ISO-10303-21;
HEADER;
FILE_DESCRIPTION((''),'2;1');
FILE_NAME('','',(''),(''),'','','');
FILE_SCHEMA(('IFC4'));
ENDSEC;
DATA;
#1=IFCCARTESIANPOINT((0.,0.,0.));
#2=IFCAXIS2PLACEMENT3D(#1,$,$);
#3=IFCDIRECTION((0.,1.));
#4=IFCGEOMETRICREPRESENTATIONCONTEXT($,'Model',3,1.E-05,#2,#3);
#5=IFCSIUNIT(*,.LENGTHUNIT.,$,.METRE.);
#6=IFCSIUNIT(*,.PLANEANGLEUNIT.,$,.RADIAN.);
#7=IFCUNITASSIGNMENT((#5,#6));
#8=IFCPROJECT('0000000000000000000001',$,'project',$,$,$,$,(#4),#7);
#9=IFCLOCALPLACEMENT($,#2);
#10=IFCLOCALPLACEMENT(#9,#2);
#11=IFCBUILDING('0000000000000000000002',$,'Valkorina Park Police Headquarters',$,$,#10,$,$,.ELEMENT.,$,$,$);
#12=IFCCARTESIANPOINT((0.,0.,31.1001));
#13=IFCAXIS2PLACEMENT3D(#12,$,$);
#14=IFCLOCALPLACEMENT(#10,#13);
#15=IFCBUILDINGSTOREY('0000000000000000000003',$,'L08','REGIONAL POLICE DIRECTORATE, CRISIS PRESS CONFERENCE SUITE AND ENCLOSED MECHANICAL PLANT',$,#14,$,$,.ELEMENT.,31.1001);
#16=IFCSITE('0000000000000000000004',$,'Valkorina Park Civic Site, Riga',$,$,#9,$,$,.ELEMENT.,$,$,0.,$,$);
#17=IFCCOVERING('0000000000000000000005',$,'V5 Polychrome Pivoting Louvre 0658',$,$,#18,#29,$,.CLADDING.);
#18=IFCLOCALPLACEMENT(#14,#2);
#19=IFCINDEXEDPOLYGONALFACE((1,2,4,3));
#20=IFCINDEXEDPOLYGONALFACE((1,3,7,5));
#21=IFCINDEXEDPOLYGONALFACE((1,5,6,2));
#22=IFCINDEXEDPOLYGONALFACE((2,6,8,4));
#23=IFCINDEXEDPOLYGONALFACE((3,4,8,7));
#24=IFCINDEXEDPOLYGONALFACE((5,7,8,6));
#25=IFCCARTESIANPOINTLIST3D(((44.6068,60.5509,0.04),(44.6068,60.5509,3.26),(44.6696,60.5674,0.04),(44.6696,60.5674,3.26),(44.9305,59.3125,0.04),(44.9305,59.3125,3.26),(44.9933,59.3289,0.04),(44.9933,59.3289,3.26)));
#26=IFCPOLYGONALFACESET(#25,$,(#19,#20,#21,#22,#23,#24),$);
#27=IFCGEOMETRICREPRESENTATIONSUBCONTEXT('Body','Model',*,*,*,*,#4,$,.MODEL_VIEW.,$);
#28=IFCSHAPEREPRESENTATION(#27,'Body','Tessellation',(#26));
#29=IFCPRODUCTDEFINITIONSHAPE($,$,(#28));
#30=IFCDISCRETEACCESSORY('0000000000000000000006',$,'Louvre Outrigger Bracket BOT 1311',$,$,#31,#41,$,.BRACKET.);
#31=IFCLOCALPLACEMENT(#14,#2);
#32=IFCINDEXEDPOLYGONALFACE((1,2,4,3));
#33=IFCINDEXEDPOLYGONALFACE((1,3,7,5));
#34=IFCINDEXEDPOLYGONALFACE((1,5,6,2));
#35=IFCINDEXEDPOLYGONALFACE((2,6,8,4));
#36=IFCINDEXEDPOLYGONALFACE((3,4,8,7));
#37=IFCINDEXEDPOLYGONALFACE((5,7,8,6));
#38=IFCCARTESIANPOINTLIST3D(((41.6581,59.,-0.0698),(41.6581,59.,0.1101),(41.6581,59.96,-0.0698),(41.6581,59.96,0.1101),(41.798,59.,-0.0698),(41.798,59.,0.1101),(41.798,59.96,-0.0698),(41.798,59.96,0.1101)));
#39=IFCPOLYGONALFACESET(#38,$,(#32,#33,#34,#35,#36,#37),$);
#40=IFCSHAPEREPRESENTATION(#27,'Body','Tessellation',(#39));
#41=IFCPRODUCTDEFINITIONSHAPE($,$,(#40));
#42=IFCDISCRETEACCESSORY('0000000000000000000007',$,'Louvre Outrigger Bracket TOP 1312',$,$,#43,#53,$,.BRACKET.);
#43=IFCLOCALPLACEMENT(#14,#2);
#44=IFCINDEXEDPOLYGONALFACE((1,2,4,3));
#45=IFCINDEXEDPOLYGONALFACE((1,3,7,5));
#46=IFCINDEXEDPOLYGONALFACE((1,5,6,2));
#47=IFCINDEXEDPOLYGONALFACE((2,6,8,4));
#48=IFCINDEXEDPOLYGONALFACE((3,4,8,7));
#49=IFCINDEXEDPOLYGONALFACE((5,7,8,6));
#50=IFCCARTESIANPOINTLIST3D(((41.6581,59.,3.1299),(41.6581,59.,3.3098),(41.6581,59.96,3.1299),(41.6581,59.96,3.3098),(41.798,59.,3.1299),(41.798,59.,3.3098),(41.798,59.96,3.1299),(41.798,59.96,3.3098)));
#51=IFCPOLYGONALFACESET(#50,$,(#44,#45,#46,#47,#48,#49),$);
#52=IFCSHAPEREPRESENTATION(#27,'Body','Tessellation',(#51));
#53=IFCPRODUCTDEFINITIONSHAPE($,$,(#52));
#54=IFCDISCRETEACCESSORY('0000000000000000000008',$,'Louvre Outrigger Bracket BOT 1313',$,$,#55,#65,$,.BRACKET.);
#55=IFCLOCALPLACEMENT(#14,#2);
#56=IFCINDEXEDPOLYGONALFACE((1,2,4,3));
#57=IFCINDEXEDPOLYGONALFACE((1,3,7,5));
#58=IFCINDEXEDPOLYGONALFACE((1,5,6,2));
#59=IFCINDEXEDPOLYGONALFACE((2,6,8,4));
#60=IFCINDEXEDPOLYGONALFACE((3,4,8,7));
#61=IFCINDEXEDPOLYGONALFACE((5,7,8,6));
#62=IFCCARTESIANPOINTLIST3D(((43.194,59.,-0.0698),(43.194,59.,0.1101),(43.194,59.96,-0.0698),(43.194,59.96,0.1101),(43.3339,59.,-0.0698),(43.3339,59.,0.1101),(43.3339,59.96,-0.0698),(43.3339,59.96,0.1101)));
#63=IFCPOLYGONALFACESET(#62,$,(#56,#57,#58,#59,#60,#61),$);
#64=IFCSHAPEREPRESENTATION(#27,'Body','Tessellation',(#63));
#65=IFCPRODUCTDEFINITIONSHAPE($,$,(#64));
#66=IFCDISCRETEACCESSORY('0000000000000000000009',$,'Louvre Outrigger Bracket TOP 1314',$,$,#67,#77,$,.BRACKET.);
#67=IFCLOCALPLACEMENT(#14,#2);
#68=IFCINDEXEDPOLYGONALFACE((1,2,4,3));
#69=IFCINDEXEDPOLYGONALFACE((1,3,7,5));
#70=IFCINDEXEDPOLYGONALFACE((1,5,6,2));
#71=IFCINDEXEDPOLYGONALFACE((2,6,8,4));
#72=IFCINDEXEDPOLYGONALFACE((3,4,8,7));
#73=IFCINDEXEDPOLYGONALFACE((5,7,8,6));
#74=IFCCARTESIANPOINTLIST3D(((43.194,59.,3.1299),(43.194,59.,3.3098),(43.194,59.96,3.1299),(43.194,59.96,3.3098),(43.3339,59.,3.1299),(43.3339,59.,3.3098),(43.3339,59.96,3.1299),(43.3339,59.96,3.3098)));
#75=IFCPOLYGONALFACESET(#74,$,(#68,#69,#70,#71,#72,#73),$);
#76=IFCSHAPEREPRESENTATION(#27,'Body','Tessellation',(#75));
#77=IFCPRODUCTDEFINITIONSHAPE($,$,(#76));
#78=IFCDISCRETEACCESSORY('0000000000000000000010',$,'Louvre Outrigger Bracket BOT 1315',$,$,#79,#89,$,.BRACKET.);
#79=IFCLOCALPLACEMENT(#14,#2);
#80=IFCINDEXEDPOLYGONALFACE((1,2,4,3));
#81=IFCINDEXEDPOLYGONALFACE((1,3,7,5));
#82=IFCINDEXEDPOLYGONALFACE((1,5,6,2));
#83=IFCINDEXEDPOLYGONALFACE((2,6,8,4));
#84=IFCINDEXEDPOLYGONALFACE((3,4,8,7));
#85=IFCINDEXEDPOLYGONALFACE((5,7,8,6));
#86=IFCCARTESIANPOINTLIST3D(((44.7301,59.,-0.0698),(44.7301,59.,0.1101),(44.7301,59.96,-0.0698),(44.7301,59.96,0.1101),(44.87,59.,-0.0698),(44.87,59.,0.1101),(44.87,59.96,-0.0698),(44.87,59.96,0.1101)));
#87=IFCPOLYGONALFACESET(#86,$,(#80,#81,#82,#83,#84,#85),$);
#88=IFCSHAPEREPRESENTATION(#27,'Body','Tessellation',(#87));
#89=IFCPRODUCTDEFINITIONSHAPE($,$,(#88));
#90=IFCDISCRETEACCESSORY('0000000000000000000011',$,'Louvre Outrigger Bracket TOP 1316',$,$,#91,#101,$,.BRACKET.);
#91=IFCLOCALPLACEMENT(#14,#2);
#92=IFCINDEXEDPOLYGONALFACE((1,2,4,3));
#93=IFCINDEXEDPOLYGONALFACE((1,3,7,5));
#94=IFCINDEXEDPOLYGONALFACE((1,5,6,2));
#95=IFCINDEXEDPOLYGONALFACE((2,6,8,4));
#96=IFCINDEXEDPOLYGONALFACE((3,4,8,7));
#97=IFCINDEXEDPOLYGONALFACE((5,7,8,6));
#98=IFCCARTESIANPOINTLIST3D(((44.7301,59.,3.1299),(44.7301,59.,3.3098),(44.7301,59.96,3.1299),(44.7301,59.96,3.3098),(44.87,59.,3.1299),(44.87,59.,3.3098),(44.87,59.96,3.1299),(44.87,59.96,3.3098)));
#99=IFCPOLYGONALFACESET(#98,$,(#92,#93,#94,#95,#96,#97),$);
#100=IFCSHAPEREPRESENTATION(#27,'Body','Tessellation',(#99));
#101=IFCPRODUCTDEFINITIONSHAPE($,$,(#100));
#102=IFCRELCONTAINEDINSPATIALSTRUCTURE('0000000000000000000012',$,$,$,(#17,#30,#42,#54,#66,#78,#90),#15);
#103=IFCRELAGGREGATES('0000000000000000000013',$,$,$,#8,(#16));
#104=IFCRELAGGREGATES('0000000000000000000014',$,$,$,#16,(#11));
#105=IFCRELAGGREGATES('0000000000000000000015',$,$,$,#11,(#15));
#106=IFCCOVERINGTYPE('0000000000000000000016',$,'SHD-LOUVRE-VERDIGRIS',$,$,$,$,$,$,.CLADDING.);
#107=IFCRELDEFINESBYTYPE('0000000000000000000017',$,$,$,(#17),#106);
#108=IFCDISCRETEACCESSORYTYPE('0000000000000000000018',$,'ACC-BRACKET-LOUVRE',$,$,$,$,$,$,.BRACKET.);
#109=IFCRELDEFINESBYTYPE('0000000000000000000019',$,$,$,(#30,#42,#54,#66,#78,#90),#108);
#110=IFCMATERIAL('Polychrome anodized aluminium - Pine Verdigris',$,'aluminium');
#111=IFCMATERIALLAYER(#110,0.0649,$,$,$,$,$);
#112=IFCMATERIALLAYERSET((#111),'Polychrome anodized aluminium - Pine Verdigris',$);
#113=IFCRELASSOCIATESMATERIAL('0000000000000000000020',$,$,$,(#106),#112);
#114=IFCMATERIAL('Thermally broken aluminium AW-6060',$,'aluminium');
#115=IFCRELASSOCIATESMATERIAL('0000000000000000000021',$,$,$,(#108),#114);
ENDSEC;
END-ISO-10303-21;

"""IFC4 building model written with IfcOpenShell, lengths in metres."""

from ifc_helpers import new_model, si_unit, direction, frame, origin, origin_2d, place, context, subcontext, project, spatial, rectangle, extrude, material, layer, layer_set, type_object, element, save


model = new_model("IFC4")

# Units and contexts
model_context = context("Model", 3, precision=1e-05, world=origin(), true_north=direction((0.0, 1.0)))
body_context = subcontext(model_context, "Body", "Model", "MODEL_VIEW")
ifc_project = project(units=[si_unit("LENGTHUNIT", "METRE"), si_unit("PLANEANGLEUNIT", "RADIAN")], contexts=[model_context])

# Site, building, storey
site_placement = place(None, origin())
site = spatial("IfcSite", under=ifc_project, at=site_placement, Name="Valkorina Park Civic Site, Riga", CompositionType="ELEMENT", RefElevation=0.0)
building_placement = place(site_placement, origin())
building = spatial("IfcBuilding", under=site, at=building_placement, Name="Valkorina Park Police Headquarters", CompositionType="ELEMENT")
storey_placement = place(building_placement, frame((0.0, 0.0, 31.1001)))
storey = spatial("IfcBuildingStorey", under=building, at=storey_placement, Name="L08", Description="REGIONAL POLICE DIRECTORATE, CRISIS PRESS CONFERENCE SUITE AND ENCLOSED MECHANICAL PLANT", CompositionType="ELEMENT", Elevation=31.1001)

# Shared definitions
ifc_material_1 = material(Name="Thermally broken aluminium AW-6060", Category="aluminium")

# Covering
ifc_material_2 = material(Name="Polychrome anodized aluminium - Pine Verdigris", Category="aluminium")
ifc_layer_1 = layer(ifc_material_2, 0.0649)
ifc_layer_set_1 = layer_set([ifc_layer_1], Name="Polychrome anodized aluminium - Pine Verdigris")
covering_type_1 = type_object("IfcCoveringType", Name="SHD-LOUVRE-VERDIGRIS", PredefinedType="CLADDING", material=ifc_layer_set_1)
covering_1_placement = place(storey_placement, frame((44.8, 59.9399, 0.04), z_axis=(0.0, 0.0, 1.0), x_axis=(-0.252914, 0.967489, 0.0)))
element("IfcCovering", 1, at=covering_1_placement, inside=storey, type_object=covering_type_1, Name="V5 Polychrome Pivoting Louvre 0658", PredefinedType="CLADDING", context=body_context, shape_type="SweptSolid", body=[
    extrude(rectangle(XDim=1.28, YDim=0.0649, at=origin_2d()), origin(), (0.0, 0.0, 1.0), 3.22),
])

# Discrete accessories
discrete_accessory_type = type_object("IfcDiscreteAccessoryType", Name="ACC-BRACKET-LOUVRE", PredefinedType="BRACKET", material=ifc_material_1)
for number, where, z_axis, x_axis, name in (
    (2, (41.728, 59.48, -0.0698), (0.0, 0.0, 1.0), (0.0, 1.0, 0.0), "Louvre Outrigger Bracket BOT 1311"),
    (3, (41.728, 59.48, 3.1299), (0.0, 0.0, 1.0), (0.0, 1.0, 0.0), "Louvre Outrigger Bracket TOP 1312"),
    (4, (43.2639, 59.48, -0.0698), (0.0, 0.0, 1.0), (0.0, 1.0, 0.0), "Louvre Outrigger Bracket BOT 1313"),
    (5, (43.2639, 59.48, 3.1299), (0.0, 0.0, 1.0), (0.0, 1.0, 0.0), "Louvre Outrigger Bracket TOP 1314"),
    (6, (44.8, 59.48, -0.0698), (0.0, 0.0, 1.0), (0.0, 1.0, 0.0), "Louvre Outrigger Bracket BOT 1315"),
    (7, (44.8, 59.48, 3.1299), (0.0, 0.0, 1.0), (0.0, 1.0, 0.0), "Louvre Outrigger Bracket TOP 1316"),
):
    element("IfcDiscreteAccessory", number, at=place(storey_placement, frame(where, z_axis=z_axis, x_axis=x_axis)), inside=storey, type_object=discrete_accessory_type, Name=name, PredefinedType="BRACKET", context=body_context, shape_type="SweptSolid", body=[
        extrude(rectangle(XDim=0.96, YDim=0.1399, at=origin_2d()), origin(), (0.0, 0.0, 1.0), 0.1799),
    ])

save(model, "model.ifc")
